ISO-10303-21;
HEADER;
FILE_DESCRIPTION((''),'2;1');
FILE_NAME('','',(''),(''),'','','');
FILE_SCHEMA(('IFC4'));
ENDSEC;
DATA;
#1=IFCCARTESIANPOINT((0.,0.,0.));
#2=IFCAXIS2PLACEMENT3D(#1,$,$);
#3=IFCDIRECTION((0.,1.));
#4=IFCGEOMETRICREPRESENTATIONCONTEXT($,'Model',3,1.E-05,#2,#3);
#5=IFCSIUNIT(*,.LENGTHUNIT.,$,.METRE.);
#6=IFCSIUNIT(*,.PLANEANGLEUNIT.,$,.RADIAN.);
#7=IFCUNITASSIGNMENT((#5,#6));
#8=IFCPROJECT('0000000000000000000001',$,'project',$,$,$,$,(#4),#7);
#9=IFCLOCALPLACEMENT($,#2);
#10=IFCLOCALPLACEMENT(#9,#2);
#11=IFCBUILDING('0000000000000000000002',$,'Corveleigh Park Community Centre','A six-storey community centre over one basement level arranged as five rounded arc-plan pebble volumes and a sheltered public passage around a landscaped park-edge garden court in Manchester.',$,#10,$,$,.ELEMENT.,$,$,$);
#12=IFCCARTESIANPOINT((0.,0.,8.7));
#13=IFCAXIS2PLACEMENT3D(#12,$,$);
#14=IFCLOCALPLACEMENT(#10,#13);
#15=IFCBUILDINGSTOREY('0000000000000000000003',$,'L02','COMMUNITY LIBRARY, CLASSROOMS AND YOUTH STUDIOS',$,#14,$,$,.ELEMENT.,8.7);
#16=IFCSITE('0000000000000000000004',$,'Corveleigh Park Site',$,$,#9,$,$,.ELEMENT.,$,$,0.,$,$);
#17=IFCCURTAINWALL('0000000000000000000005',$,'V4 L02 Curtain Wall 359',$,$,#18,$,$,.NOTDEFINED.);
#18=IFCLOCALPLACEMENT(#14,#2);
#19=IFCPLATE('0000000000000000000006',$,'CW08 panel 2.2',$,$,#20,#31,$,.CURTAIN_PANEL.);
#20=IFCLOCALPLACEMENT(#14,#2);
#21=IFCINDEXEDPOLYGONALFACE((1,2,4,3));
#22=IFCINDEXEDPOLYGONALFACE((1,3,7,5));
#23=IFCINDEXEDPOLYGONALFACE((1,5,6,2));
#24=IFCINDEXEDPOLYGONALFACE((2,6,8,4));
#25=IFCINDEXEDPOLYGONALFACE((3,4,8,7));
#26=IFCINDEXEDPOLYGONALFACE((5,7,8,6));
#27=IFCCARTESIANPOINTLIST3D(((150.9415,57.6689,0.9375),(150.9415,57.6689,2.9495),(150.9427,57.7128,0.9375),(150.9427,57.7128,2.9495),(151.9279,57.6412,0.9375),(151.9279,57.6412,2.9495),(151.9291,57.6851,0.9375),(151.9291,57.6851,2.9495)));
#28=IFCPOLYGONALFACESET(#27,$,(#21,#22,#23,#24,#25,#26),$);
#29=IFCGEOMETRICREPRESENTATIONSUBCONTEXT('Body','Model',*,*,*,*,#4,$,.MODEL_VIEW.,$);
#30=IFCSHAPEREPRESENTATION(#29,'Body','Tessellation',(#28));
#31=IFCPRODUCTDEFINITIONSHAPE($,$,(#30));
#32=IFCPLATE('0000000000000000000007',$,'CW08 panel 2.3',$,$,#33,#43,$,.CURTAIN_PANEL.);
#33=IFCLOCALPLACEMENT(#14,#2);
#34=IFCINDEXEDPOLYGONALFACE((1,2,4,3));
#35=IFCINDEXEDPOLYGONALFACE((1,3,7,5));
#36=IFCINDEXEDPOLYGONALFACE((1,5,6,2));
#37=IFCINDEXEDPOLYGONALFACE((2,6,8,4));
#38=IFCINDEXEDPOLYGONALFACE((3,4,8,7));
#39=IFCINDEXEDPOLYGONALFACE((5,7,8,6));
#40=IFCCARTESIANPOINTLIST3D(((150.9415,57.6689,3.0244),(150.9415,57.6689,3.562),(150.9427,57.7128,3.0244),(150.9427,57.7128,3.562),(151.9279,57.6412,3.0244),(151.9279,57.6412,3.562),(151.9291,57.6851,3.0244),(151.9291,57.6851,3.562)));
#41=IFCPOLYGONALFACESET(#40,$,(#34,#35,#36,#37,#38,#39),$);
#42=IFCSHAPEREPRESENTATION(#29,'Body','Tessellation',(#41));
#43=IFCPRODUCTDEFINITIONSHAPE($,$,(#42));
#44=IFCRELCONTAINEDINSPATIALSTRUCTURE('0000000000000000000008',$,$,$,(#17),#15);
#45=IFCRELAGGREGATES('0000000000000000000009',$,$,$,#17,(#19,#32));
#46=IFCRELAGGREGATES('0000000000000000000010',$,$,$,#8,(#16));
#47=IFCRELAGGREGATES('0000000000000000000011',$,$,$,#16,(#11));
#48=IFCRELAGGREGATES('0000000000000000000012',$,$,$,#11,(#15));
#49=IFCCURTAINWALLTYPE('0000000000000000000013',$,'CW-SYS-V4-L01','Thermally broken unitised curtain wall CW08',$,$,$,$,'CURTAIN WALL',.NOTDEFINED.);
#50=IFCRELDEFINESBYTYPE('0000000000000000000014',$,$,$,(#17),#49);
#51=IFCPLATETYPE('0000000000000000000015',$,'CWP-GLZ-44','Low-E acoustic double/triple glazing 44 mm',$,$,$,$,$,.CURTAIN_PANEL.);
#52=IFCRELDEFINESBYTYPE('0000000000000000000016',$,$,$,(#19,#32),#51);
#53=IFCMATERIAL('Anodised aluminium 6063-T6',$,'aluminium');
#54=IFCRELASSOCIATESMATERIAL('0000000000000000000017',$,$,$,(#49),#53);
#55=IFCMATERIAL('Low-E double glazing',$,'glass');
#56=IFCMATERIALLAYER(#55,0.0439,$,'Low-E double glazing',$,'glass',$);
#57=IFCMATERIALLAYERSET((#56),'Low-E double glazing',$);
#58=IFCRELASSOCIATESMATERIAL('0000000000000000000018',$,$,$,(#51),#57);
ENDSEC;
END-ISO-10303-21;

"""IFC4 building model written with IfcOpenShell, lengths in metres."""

from ifc_helpers import new_model, si_unit, direction, frame, origin, origin_2d, place, context, subcontext, project, spatial, rectangle, extrude, material, layer, layer_set, type_object, element, aggregate, save


model = new_model("IFC4")

# Units and contexts
model_context = context("Model", 3, precision=1e-05, world=origin(), true_north=direction((0.0, 1.0)))
body_context = subcontext(model_context, "Body", "Model", "MODEL_VIEW")
ifc_project = project(units=[si_unit("LENGTHUNIT", "METRE"), si_unit("PLANEANGLEUNIT", "RADIAN")], contexts=[model_context])

# Site, building, storey
site_placement = place(None, origin())
site = spatial("IfcSite", under=ifc_project, at=site_placement, Name="Corveleigh Park Site", CompositionType="ELEMENT", RefElevation=0.0)
building_placement = place(site_placement, origin())
building = spatial("IfcBuilding", under=site, at=building_placement, Name="Corveleigh Park Community Centre", Description="A six-storey community centre over one basement level arranged as five rounded arc-plan pebble volumes and a sheltered public passage around a landscaped park-edge garden court in Manchester.", CompositionType="ELEMENT")
storey_placement = place(building_placement, frame((0.0, 0.0, 8.7)))
storey = spatial("IfcBuildingStorey", under=building, at=storey_placement, Name="L02", Description="COMMUNITY LIBRARY, CLASSROOMS AND YOUTH STUDIOS", CompositionType="ELEMENT", Elevation=8.7)

# Shared definitions
ifc_material_1 = material(Name="Anodised aluminium 6063-T6", Category="aluminium")
curtain_wall_type = type_object("IfcCurtainWallType", Name="CW-SYS-V4-L01", Description="Thermally broken unitised curtain wall CW08", ElementType="CURTAIN WALL", PredefinedType="NOTDEFINED", material=ifc_material_1)

# Curtain wall
curtain_wall_1_placement = place(storey_placement, origin())
curtain_wall_1 = element("IfcCurtainWall", 1, at=curtain_wall_1_placement, inside=storey, type_object=curtain_wall_type, Name="V4 L02 Curtain Wall 359", PredefinedType="NOTDEFINED")

# Plates
ifc_material_2 = material(Name="Low-E double glazing", Category="glass")
ifc_layer_1 = layer(ifc_material_2, 0.0439, Name="Low-E double glazing", Category="glass")
ifc_layer_set_1 = layer_set([ifc_layer_1], Name="Low-E double glazing")
plate_type_1 = type_object("IfcPlateType", Name="CWP-GLZ-44", Description="Low-E acoustic double/triple glazing 44 mm", PredefinedType="CURTAIN_PANEL", material=ifc_layer_set_1)
plate_1_placement = place(storey_placement, frame((151.4353, 57.677, 0.9375), z_axis=(0.0, 0.0, 1.0), x_axis=(-0.999608, 0.028005, 0.0)))
plate_1 = element("IfcPlate", 2, at=plate_1_placement, type_object=plate_type_1, Name="CW08 panel 2.2", PredefinedType="CURTAIN_PANEL", context=body_context, shape_type="SweptSolid", body=[
    extrude(rectangle(XDim=0.9868, YDim=0.0439, at=origin_2d()), origin(), (0.0, 0.0, 1.0), 2.012),
])
plate_2_placement = place(storey_placement, frame((151.4353, 57.677, 3.0244), z_axis=(0.0, 0.0, 1.0), x_axis=(-0.999608, 0.028005, 0.0)))
plate_2 = element("IfcPlate", 3, at=plate_2_placement, type_object=plate_type_1, Name="CW08 panel 2.3", PredefinedType="CURTAIN_PANEL", context=body_context, shape_type="SweptSolid", body=[
    extrude(rectangle(XDim=0.9868, YDim=0.0439, at=origin_2d()), origin(), (0.0, 0.0, 1.0), 0.5376),
])
aggregate(curtain_wall_1, [plate_1, plate_2])

save(model, "model.ifc")
